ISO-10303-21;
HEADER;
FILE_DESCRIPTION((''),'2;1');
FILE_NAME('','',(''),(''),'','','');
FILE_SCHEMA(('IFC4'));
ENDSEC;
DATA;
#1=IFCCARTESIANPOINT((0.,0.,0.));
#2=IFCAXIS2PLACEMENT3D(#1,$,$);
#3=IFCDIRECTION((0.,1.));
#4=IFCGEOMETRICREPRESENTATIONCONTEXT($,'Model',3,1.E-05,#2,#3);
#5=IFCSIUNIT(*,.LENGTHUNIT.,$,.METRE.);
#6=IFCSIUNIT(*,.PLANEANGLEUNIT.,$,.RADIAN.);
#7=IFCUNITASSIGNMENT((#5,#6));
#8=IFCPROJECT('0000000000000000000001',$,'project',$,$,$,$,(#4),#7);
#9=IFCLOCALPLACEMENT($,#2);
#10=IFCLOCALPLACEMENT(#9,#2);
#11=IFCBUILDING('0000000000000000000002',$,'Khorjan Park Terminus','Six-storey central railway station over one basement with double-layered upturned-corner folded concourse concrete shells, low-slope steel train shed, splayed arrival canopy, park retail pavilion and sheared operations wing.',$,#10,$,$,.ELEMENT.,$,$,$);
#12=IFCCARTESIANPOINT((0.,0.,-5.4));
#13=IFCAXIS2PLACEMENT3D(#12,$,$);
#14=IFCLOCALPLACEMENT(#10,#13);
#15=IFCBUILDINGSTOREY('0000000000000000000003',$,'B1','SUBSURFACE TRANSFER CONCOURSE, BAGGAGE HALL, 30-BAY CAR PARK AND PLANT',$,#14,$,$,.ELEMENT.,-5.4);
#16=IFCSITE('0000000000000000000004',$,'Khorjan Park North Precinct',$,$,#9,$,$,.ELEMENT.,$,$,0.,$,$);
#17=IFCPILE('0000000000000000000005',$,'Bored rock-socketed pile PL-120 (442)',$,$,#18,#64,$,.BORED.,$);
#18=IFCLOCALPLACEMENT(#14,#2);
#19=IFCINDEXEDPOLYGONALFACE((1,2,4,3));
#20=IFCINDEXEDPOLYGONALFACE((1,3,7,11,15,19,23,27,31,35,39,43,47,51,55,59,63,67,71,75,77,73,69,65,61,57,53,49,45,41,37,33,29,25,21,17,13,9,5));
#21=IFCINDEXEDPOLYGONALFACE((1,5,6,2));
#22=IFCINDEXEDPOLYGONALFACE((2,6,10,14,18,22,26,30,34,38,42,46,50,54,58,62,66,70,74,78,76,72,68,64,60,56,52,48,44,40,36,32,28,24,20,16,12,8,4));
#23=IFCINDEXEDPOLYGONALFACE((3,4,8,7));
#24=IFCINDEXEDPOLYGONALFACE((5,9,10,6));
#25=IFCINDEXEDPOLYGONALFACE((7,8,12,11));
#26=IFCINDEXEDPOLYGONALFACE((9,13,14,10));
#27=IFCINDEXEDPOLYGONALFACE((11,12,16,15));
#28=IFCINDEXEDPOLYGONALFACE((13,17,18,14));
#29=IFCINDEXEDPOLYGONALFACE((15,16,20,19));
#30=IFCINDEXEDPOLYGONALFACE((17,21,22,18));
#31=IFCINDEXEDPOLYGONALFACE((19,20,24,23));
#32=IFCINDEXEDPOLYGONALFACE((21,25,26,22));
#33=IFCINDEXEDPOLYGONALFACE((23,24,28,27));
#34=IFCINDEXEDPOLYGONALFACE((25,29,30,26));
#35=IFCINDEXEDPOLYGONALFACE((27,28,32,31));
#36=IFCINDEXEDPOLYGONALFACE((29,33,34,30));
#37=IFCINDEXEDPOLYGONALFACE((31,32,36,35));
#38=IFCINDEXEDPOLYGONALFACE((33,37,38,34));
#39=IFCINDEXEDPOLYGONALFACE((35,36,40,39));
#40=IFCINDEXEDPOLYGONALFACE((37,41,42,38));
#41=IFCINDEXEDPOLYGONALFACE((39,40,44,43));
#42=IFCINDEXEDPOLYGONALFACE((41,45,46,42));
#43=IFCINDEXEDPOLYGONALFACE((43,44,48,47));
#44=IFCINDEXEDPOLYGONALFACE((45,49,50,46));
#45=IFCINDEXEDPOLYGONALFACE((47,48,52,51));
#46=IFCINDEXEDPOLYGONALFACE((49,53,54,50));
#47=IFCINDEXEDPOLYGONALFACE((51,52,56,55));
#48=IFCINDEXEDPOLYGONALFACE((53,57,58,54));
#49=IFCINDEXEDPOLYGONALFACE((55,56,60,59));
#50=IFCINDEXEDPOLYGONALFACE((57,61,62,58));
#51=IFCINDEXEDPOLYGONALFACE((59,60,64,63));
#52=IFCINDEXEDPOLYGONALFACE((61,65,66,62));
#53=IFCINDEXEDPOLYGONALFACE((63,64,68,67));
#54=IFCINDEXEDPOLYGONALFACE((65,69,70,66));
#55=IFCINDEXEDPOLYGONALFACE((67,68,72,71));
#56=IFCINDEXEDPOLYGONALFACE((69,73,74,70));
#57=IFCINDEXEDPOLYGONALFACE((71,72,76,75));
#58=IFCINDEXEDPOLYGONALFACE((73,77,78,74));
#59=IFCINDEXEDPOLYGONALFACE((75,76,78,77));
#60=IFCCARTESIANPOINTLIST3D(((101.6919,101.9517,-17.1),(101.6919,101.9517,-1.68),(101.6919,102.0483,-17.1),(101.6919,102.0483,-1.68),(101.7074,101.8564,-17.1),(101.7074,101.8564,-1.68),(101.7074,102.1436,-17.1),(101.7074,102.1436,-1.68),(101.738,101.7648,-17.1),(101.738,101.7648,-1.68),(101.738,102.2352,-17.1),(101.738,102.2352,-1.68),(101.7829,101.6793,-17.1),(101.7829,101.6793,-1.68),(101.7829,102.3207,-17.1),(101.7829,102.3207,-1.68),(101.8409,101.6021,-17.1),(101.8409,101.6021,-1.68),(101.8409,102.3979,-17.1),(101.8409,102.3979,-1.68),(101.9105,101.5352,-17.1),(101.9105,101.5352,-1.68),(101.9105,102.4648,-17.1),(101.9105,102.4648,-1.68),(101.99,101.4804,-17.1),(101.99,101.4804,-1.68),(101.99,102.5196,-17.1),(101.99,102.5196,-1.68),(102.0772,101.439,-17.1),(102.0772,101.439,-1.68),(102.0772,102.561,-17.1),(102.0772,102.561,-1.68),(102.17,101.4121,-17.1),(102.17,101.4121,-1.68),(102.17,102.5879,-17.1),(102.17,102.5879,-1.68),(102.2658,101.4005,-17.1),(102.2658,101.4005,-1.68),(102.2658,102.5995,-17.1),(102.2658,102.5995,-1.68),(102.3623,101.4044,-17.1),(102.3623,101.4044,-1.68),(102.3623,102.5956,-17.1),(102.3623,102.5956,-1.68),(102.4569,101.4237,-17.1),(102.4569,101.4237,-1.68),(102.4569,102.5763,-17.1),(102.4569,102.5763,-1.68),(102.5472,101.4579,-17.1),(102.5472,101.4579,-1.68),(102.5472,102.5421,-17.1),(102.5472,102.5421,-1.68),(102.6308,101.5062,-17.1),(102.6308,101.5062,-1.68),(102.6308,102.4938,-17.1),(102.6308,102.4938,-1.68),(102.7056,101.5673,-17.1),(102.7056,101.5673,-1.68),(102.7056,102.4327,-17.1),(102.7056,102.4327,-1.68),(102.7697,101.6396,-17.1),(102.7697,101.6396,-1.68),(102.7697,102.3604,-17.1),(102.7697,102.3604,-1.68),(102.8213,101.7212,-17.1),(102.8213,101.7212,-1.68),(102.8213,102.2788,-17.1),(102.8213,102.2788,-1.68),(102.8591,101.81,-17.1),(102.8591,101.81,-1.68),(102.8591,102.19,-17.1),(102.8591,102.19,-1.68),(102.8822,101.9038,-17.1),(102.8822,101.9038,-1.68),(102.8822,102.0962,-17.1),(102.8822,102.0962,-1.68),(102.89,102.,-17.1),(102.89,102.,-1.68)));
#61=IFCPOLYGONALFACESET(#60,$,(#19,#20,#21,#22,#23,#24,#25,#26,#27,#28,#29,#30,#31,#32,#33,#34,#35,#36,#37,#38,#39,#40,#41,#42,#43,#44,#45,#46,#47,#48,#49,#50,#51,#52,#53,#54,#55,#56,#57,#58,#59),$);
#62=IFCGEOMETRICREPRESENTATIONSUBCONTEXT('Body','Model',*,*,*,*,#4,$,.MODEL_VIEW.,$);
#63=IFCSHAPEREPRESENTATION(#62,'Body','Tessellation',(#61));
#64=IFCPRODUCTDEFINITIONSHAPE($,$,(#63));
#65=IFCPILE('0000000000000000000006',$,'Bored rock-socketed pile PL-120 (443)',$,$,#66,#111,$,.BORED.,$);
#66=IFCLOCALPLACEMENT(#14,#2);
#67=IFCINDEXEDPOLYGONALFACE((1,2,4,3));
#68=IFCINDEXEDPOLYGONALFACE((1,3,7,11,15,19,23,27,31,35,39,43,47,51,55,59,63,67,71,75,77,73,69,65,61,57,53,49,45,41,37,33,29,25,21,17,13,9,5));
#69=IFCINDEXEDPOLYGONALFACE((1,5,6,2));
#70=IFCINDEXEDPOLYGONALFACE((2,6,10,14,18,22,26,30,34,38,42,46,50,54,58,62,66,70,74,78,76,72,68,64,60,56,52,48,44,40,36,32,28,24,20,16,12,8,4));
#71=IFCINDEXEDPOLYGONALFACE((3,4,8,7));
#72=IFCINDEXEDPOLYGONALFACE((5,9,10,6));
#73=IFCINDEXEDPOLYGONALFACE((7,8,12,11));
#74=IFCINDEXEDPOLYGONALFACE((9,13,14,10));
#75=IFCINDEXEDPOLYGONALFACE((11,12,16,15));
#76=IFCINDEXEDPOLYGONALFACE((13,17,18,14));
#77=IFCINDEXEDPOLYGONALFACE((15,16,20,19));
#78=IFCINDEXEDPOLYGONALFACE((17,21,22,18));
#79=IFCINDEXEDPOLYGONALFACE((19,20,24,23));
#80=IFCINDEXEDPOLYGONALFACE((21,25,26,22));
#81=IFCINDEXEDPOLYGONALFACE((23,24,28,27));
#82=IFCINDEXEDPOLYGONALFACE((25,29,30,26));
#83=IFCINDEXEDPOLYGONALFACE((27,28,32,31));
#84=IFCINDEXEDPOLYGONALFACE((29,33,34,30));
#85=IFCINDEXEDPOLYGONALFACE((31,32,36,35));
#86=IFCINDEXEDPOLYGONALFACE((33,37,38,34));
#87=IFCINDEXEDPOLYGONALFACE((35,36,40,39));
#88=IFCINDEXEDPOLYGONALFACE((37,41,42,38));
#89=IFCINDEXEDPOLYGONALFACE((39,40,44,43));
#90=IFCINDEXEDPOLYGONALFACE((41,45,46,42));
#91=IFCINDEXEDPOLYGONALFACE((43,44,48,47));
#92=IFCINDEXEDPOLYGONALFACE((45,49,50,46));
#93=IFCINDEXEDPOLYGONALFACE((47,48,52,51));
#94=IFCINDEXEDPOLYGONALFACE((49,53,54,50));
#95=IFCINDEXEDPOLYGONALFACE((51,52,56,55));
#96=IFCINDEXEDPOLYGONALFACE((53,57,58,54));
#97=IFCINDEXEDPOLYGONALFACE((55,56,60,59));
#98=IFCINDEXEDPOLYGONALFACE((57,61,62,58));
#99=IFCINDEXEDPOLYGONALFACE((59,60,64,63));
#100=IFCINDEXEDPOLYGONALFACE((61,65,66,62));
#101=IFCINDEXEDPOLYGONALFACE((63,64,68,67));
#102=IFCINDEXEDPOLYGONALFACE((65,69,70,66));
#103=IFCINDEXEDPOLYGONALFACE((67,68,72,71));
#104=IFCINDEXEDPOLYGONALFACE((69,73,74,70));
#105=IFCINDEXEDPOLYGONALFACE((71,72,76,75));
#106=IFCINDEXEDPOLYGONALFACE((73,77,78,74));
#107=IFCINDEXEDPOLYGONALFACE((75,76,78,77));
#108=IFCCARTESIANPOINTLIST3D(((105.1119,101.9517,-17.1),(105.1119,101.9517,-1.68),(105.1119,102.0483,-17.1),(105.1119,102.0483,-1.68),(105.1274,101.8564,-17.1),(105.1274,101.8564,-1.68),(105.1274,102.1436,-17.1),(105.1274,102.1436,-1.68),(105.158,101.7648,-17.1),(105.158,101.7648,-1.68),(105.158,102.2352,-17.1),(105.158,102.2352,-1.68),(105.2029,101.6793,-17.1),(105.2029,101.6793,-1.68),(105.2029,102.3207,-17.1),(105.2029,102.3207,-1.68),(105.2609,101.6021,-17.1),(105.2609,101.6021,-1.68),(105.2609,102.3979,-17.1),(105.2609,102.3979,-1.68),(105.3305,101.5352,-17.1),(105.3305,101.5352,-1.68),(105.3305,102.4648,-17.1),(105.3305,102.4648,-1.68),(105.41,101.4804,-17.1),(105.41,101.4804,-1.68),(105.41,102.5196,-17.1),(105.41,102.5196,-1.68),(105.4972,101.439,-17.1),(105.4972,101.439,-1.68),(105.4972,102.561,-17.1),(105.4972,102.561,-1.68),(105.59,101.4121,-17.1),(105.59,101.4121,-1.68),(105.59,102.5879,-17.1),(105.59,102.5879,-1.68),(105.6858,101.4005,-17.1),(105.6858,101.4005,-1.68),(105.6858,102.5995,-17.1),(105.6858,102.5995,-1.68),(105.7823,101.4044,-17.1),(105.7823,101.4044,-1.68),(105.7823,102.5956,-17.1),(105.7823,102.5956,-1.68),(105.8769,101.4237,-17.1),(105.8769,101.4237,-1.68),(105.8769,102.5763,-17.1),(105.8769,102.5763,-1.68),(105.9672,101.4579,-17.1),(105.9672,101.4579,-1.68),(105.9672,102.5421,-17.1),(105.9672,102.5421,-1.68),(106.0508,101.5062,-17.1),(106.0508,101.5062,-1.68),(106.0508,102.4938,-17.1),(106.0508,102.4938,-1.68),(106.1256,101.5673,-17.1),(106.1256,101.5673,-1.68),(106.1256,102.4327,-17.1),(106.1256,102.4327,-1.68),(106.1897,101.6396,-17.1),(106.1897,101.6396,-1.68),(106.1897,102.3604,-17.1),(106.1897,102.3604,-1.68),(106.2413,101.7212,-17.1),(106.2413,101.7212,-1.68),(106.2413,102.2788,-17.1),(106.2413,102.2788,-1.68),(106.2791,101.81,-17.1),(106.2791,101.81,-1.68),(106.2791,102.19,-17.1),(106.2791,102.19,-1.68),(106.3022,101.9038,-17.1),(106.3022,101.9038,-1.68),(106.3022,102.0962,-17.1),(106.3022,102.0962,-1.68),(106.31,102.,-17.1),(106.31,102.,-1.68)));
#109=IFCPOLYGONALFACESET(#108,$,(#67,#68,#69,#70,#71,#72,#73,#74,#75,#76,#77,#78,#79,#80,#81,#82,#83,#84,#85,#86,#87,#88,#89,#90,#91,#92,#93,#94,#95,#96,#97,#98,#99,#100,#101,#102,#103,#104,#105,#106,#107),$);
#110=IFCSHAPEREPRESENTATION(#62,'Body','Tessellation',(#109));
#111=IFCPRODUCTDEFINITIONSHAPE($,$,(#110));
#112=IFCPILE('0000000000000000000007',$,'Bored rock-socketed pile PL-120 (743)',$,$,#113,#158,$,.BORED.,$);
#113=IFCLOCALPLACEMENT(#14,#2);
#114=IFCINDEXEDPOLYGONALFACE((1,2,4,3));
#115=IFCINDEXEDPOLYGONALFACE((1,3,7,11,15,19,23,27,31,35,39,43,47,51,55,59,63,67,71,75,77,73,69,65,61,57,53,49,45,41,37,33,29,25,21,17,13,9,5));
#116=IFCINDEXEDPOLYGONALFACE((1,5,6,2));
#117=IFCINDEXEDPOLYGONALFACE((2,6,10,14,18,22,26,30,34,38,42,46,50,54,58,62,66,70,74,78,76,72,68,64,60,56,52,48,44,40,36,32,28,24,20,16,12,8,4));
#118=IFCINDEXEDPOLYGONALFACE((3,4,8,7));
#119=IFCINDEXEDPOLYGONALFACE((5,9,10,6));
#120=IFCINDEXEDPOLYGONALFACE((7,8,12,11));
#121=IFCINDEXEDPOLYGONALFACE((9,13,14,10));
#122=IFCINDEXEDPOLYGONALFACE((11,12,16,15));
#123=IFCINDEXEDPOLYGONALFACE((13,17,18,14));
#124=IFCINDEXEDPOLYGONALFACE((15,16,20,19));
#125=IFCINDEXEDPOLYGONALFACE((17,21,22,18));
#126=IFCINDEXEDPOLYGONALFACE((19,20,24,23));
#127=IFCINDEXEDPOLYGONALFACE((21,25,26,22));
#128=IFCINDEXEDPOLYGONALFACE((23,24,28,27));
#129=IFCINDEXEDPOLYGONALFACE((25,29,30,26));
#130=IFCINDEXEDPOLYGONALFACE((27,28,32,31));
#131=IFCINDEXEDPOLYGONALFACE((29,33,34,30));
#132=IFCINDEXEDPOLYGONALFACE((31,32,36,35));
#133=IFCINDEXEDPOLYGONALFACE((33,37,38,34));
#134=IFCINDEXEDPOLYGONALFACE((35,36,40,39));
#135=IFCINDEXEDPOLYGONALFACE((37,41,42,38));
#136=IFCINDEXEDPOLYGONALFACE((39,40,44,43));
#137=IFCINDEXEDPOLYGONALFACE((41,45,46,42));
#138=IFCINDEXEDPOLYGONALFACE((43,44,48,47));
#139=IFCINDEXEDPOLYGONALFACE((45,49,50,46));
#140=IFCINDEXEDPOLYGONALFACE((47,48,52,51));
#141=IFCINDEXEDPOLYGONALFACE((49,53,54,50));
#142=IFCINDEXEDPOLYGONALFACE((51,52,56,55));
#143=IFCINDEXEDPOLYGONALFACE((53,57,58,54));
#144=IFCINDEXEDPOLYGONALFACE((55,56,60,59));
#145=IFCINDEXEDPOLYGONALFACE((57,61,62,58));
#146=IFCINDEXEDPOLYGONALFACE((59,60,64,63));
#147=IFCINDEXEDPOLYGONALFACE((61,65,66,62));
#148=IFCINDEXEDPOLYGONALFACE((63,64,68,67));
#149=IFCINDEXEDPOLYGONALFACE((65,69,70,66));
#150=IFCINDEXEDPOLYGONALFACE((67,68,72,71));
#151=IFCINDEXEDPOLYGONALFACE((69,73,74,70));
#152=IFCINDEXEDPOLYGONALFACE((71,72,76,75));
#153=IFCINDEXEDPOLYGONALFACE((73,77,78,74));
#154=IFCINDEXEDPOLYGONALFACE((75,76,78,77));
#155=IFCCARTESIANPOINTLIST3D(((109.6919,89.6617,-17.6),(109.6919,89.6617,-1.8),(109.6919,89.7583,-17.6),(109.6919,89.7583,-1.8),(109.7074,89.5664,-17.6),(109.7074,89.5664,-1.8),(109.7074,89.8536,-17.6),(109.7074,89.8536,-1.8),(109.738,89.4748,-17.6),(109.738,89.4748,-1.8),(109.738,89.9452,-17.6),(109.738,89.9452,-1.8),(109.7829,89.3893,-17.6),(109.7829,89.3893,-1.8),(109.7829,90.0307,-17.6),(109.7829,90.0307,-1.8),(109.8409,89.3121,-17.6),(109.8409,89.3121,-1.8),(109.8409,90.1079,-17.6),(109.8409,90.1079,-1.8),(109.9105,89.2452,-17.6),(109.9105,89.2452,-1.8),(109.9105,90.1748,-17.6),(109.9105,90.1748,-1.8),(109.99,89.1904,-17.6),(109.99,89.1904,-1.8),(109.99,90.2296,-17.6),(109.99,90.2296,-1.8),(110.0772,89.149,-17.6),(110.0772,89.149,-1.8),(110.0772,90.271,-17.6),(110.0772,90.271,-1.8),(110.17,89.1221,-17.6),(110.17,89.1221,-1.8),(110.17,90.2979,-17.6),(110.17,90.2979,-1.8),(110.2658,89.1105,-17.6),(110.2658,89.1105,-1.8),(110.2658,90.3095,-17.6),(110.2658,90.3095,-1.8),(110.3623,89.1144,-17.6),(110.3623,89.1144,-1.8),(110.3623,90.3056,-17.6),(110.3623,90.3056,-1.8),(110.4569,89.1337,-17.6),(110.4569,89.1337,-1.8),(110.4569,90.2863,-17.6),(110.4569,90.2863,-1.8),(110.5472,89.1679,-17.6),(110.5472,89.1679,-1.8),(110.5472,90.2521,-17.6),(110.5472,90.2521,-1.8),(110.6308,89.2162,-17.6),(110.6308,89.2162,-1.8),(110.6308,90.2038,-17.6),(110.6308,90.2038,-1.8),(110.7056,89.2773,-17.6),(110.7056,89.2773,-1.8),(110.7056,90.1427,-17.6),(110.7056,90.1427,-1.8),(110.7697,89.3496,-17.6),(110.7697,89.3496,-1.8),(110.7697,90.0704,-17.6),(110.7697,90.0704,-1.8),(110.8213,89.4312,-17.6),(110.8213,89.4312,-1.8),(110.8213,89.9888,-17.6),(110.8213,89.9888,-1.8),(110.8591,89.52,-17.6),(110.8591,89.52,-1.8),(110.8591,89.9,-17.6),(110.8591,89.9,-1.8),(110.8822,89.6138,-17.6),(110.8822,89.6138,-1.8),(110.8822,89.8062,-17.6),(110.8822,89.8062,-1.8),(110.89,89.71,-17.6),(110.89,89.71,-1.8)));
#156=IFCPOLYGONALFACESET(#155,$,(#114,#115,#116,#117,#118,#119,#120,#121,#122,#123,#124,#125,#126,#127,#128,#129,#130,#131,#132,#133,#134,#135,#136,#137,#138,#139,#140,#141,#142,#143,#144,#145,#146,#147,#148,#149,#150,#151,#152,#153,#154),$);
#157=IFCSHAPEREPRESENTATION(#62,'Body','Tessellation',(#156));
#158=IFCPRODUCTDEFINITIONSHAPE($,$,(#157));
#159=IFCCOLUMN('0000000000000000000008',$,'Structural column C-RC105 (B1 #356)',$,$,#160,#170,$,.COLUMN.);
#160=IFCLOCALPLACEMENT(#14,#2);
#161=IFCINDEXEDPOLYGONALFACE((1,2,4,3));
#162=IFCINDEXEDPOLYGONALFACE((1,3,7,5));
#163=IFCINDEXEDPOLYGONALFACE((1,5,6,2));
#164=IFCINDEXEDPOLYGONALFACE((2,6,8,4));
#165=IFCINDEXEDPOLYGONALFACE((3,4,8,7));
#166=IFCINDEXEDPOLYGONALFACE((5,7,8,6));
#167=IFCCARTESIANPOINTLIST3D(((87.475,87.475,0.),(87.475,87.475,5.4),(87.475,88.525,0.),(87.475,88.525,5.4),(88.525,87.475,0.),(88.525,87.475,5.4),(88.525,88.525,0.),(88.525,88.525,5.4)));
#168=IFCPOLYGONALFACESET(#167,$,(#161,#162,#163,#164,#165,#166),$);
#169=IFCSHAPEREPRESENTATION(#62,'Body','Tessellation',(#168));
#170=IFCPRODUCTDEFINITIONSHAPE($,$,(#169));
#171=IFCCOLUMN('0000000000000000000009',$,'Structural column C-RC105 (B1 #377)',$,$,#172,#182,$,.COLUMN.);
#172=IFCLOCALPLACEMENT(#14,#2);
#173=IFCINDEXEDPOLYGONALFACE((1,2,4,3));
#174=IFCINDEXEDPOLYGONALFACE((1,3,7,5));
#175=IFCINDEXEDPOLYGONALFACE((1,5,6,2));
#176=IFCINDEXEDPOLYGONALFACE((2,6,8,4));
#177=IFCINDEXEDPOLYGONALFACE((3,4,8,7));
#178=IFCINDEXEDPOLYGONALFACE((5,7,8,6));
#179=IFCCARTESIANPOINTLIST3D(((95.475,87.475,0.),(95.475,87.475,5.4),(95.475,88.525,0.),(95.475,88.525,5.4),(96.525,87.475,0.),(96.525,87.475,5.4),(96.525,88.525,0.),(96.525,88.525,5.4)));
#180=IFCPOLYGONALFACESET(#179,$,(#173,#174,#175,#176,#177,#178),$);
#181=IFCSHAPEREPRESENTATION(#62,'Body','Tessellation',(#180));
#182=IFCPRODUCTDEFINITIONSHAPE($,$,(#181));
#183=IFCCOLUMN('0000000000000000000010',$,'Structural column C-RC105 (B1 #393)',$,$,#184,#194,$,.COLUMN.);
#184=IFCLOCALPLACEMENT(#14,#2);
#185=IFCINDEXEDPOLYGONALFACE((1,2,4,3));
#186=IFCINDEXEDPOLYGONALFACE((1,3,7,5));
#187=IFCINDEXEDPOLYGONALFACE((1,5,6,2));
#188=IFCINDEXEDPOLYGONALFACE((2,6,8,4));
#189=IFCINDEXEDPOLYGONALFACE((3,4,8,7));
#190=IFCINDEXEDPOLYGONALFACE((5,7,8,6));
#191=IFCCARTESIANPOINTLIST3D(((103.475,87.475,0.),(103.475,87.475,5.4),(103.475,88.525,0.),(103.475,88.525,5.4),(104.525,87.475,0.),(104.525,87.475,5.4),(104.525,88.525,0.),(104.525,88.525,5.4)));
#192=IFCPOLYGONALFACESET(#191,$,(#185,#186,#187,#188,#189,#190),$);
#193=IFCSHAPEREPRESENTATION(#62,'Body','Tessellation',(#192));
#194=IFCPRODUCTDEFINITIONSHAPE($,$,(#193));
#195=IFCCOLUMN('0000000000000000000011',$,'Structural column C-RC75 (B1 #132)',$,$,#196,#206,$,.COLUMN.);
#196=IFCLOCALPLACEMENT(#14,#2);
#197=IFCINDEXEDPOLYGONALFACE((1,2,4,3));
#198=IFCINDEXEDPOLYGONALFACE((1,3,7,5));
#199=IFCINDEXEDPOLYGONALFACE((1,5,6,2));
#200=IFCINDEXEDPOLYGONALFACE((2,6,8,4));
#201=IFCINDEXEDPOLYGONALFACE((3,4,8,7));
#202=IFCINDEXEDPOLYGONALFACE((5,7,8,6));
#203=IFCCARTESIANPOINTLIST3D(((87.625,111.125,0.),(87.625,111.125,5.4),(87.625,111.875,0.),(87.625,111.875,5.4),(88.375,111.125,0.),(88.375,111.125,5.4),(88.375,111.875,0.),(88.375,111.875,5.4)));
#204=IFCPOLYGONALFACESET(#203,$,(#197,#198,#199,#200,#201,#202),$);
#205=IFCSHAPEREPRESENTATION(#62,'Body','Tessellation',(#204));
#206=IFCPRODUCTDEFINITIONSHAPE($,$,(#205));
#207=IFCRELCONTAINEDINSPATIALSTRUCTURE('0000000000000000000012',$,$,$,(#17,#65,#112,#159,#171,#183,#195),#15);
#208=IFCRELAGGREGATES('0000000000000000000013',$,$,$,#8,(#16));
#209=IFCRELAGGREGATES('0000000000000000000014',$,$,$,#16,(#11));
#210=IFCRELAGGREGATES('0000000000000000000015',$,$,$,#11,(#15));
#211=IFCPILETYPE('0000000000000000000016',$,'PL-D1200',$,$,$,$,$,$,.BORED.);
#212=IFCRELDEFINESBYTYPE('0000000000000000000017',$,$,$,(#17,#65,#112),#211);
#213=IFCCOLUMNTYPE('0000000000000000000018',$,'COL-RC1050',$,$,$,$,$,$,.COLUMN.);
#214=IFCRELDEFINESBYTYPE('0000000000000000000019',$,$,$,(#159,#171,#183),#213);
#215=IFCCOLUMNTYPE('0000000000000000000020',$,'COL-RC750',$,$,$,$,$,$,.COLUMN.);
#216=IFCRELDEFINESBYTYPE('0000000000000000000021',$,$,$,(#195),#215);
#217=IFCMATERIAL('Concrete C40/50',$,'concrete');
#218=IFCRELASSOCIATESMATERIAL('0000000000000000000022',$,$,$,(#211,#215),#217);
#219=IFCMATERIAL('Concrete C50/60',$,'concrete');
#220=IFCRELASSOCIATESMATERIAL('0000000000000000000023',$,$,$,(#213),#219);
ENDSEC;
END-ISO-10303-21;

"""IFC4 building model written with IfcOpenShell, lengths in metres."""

from ifc_helpers import new_model, si_unit, direction, frame, origin, origin_2d, place, context, subcontext, project, spatial, rectangle, circle, extrude, material, material_profile, profile_set, type_object, element, save


model = new_model("IFC4")

# Units and contexts
model_context = context("Model", 3, precision=1e-05, world=origin(), true_north=direction((0.0, 1.0)))
body_context = subcontext(model_context, "Body", "Model", "MODEL_VIEW")
ifc_project = project(units=[si_unit("LENGTHUNIT", "METRE"), si_unit("PLANEANGLEUNIT", "RADIAN")], contexts=[model_context])

# Site, building, storey
site_placement = place(None, origin())
site = spatial("IfcSite", under=ifc_project, at=site_placement, Name="Khorjan Park North Precinct", CompositionType="ELEMENT", RefElevation=0.0)
building_placement = place(site_placement, origin())
building = spatial("IfcBuilding", under=site, at=building_placement, Name="Khorjan Park Terminus", Description="Six-storey central railway station over one basement with double-layered upturned-corner folded concourse concrete shells, low-slope steel train shed, splayed arrival canopy, park retail pavilion and sheared operations wing.", CompositionType="ELEMENT")
storey_placement = place(building_placement, frame((0.0, 0.0, -5.4)))
storey = spatial("IfcBuildingStorey", under=building, at=storey_placement, Name="B1", Description="SUBSURFACE TRANSFER CONCOURSE, BAGGAGE HALL, 30-BAY CAR PARK AND PLANT", CompositionType="ELEMENT", Elevation=-5.4)

# Shared definitions
ifc_material_1 = material(Name="Concrete C40/50", Category="concrete")

# Piles
ifc_material_profile_1 = material_profile(ifc_material_1, circle(Radius=0.6, at=origin_2d()), Name="BORED D1200")
ifc_profile_set_1 = profile_set([ifc_material_profile_1], Name="Concrete C40/50")
pile_type_1 = type_object("IfcPileType", Name="PL-D1200", PredefinedType="BORED", material=ifc_profile_set_1)
for number, where, z_axis, x_axis, name in (
    (1, (102.29, 102.0, -1.68), (0.0, 0.0, -1.0), (1.0, 0.0, 0.0), "Bored rock-socketed pile PL-120 (442)"),
    (2, (105.71, 102.0, -1.68), (0.0, 0.0, -1.0), (1.0, 0.0, 0.0), "Bored rock-socketed pile PL-120 (443)"),
):
    element("IfcPile", number, at=place(storey_placement, frame(where, z_axis=z_axis, x_axis=x_axis)), inside=storey, type_object=pile_type_1, Name=name, PredefinedType="BORED", context=body_context, shape_type="SweptSolid", body=[
        extrude(circle(Radius=0.6, at=origin_2d()), origin(), (0.0, 0.0, 1.0), 15.42),
    ])
pile_1_placement = place(storey_placement, frame((110.29, 89.71, -1.8), z_axis=(0.0, 0.0, -1.0), x_axis=(1.0, 0.0, 0.0)))
element("IfcPile", 3, at=pile_1_placement, inside=storey, type_object=pile_type_1, Name="Bored rock-socketed pile PL-120 (743)", PredefinedType="BORED", context=body_context, shape_type="SweptSolid", body=[
    extrude(circle(Radius=0.6, at=origin_2d()), origin(), (0.0, 0.0, 1.0), 15.8),
])

# Columns
ifc_material_2 = material(Name="Concrete C50/60", Category="concrete")
ifc_material_profile_2 = material_profile(ifc_material_2, rectangle(XDim=1.05, YDim=1.05, at=origin_2d()), Name="RC 1050x1050")
ifc_profile_set_2 = profile_set([ifc_material_profile_2], Name="Concrete C50/60")
column_type_1 = type_object("IfcColumnType", Name="COL-RC1050", PredefinedType="COLUMN", material=ifc_profile_set_2)
for number, where, z_axis, x_axis, name in (
    (4, (88.0, 88.0, 0.0), (0.0, 0.0, 1.0), (1.0, 0.0, 0.0), "Structural column C-RC105 (B1 #356)"),
    (5, (96.0, 88.0, 0.0), (0.0, 0.0, 1.0), (1.0, 0.0, 0.0), "Structural column C-RC105 (B1 #377)"),
    (6, (104.0, 88.0, 0.0), (0.0, 0.0, 1.0), (1.0, 0.0, 0.0), "Structural column C-RC105 (B1 #393)"),
):
    element("IfcColumn", number, at=place(storey_placement, frame(where, z_axis=z_axis, x_axis=x_axis)), inside=storey, type_object=column_type_1, Name=name, PredefinedType="COLUMN", context=body_context, shape_type="SweptSolid", body=[
        extrude(rectangle(XDim=1.05, YDim=1.05, at=origin_2d()), origin(), (0.0, 0.0, 1.0), 5.4),
    ])
ifc_material_profile_3 = material_profile(ifc_material_1, rectangle(XDim=0.75, YDim=0.75, at=origin_2d()), Name="RC 750x750")
ifc_profile_set_3 = profile_set([ifc_material_profile_3], Name="Concrete C40/50")
column_type_2 = type_object("IfcColumnType", Name="COL-RC750", PredefinedType="COLUMN", material=ifc_profile_set_3)
column_1_placement = place(storey_placement, frame((88.0, 111.5, 0.0), z_axis=(0.0, 0.0, 1.0), x_axis=(1.0, 0.0, 0.0)))
element("IfcColumn", 7, at=column_1_placement, inside=storey, type_object=column_type_2, Name="Structural column C-RC75 (B1 #132)", PredefinedType="COLUMN", context=body_context, shape_type="SweptSolid", body=[
    extrude(rectangle(XDim=0.75, YDim=0.75, at=origin_2d()), origin(), (0.0, 0.0, 1.0), 5.4),
])

save(model, "model.ifc")
